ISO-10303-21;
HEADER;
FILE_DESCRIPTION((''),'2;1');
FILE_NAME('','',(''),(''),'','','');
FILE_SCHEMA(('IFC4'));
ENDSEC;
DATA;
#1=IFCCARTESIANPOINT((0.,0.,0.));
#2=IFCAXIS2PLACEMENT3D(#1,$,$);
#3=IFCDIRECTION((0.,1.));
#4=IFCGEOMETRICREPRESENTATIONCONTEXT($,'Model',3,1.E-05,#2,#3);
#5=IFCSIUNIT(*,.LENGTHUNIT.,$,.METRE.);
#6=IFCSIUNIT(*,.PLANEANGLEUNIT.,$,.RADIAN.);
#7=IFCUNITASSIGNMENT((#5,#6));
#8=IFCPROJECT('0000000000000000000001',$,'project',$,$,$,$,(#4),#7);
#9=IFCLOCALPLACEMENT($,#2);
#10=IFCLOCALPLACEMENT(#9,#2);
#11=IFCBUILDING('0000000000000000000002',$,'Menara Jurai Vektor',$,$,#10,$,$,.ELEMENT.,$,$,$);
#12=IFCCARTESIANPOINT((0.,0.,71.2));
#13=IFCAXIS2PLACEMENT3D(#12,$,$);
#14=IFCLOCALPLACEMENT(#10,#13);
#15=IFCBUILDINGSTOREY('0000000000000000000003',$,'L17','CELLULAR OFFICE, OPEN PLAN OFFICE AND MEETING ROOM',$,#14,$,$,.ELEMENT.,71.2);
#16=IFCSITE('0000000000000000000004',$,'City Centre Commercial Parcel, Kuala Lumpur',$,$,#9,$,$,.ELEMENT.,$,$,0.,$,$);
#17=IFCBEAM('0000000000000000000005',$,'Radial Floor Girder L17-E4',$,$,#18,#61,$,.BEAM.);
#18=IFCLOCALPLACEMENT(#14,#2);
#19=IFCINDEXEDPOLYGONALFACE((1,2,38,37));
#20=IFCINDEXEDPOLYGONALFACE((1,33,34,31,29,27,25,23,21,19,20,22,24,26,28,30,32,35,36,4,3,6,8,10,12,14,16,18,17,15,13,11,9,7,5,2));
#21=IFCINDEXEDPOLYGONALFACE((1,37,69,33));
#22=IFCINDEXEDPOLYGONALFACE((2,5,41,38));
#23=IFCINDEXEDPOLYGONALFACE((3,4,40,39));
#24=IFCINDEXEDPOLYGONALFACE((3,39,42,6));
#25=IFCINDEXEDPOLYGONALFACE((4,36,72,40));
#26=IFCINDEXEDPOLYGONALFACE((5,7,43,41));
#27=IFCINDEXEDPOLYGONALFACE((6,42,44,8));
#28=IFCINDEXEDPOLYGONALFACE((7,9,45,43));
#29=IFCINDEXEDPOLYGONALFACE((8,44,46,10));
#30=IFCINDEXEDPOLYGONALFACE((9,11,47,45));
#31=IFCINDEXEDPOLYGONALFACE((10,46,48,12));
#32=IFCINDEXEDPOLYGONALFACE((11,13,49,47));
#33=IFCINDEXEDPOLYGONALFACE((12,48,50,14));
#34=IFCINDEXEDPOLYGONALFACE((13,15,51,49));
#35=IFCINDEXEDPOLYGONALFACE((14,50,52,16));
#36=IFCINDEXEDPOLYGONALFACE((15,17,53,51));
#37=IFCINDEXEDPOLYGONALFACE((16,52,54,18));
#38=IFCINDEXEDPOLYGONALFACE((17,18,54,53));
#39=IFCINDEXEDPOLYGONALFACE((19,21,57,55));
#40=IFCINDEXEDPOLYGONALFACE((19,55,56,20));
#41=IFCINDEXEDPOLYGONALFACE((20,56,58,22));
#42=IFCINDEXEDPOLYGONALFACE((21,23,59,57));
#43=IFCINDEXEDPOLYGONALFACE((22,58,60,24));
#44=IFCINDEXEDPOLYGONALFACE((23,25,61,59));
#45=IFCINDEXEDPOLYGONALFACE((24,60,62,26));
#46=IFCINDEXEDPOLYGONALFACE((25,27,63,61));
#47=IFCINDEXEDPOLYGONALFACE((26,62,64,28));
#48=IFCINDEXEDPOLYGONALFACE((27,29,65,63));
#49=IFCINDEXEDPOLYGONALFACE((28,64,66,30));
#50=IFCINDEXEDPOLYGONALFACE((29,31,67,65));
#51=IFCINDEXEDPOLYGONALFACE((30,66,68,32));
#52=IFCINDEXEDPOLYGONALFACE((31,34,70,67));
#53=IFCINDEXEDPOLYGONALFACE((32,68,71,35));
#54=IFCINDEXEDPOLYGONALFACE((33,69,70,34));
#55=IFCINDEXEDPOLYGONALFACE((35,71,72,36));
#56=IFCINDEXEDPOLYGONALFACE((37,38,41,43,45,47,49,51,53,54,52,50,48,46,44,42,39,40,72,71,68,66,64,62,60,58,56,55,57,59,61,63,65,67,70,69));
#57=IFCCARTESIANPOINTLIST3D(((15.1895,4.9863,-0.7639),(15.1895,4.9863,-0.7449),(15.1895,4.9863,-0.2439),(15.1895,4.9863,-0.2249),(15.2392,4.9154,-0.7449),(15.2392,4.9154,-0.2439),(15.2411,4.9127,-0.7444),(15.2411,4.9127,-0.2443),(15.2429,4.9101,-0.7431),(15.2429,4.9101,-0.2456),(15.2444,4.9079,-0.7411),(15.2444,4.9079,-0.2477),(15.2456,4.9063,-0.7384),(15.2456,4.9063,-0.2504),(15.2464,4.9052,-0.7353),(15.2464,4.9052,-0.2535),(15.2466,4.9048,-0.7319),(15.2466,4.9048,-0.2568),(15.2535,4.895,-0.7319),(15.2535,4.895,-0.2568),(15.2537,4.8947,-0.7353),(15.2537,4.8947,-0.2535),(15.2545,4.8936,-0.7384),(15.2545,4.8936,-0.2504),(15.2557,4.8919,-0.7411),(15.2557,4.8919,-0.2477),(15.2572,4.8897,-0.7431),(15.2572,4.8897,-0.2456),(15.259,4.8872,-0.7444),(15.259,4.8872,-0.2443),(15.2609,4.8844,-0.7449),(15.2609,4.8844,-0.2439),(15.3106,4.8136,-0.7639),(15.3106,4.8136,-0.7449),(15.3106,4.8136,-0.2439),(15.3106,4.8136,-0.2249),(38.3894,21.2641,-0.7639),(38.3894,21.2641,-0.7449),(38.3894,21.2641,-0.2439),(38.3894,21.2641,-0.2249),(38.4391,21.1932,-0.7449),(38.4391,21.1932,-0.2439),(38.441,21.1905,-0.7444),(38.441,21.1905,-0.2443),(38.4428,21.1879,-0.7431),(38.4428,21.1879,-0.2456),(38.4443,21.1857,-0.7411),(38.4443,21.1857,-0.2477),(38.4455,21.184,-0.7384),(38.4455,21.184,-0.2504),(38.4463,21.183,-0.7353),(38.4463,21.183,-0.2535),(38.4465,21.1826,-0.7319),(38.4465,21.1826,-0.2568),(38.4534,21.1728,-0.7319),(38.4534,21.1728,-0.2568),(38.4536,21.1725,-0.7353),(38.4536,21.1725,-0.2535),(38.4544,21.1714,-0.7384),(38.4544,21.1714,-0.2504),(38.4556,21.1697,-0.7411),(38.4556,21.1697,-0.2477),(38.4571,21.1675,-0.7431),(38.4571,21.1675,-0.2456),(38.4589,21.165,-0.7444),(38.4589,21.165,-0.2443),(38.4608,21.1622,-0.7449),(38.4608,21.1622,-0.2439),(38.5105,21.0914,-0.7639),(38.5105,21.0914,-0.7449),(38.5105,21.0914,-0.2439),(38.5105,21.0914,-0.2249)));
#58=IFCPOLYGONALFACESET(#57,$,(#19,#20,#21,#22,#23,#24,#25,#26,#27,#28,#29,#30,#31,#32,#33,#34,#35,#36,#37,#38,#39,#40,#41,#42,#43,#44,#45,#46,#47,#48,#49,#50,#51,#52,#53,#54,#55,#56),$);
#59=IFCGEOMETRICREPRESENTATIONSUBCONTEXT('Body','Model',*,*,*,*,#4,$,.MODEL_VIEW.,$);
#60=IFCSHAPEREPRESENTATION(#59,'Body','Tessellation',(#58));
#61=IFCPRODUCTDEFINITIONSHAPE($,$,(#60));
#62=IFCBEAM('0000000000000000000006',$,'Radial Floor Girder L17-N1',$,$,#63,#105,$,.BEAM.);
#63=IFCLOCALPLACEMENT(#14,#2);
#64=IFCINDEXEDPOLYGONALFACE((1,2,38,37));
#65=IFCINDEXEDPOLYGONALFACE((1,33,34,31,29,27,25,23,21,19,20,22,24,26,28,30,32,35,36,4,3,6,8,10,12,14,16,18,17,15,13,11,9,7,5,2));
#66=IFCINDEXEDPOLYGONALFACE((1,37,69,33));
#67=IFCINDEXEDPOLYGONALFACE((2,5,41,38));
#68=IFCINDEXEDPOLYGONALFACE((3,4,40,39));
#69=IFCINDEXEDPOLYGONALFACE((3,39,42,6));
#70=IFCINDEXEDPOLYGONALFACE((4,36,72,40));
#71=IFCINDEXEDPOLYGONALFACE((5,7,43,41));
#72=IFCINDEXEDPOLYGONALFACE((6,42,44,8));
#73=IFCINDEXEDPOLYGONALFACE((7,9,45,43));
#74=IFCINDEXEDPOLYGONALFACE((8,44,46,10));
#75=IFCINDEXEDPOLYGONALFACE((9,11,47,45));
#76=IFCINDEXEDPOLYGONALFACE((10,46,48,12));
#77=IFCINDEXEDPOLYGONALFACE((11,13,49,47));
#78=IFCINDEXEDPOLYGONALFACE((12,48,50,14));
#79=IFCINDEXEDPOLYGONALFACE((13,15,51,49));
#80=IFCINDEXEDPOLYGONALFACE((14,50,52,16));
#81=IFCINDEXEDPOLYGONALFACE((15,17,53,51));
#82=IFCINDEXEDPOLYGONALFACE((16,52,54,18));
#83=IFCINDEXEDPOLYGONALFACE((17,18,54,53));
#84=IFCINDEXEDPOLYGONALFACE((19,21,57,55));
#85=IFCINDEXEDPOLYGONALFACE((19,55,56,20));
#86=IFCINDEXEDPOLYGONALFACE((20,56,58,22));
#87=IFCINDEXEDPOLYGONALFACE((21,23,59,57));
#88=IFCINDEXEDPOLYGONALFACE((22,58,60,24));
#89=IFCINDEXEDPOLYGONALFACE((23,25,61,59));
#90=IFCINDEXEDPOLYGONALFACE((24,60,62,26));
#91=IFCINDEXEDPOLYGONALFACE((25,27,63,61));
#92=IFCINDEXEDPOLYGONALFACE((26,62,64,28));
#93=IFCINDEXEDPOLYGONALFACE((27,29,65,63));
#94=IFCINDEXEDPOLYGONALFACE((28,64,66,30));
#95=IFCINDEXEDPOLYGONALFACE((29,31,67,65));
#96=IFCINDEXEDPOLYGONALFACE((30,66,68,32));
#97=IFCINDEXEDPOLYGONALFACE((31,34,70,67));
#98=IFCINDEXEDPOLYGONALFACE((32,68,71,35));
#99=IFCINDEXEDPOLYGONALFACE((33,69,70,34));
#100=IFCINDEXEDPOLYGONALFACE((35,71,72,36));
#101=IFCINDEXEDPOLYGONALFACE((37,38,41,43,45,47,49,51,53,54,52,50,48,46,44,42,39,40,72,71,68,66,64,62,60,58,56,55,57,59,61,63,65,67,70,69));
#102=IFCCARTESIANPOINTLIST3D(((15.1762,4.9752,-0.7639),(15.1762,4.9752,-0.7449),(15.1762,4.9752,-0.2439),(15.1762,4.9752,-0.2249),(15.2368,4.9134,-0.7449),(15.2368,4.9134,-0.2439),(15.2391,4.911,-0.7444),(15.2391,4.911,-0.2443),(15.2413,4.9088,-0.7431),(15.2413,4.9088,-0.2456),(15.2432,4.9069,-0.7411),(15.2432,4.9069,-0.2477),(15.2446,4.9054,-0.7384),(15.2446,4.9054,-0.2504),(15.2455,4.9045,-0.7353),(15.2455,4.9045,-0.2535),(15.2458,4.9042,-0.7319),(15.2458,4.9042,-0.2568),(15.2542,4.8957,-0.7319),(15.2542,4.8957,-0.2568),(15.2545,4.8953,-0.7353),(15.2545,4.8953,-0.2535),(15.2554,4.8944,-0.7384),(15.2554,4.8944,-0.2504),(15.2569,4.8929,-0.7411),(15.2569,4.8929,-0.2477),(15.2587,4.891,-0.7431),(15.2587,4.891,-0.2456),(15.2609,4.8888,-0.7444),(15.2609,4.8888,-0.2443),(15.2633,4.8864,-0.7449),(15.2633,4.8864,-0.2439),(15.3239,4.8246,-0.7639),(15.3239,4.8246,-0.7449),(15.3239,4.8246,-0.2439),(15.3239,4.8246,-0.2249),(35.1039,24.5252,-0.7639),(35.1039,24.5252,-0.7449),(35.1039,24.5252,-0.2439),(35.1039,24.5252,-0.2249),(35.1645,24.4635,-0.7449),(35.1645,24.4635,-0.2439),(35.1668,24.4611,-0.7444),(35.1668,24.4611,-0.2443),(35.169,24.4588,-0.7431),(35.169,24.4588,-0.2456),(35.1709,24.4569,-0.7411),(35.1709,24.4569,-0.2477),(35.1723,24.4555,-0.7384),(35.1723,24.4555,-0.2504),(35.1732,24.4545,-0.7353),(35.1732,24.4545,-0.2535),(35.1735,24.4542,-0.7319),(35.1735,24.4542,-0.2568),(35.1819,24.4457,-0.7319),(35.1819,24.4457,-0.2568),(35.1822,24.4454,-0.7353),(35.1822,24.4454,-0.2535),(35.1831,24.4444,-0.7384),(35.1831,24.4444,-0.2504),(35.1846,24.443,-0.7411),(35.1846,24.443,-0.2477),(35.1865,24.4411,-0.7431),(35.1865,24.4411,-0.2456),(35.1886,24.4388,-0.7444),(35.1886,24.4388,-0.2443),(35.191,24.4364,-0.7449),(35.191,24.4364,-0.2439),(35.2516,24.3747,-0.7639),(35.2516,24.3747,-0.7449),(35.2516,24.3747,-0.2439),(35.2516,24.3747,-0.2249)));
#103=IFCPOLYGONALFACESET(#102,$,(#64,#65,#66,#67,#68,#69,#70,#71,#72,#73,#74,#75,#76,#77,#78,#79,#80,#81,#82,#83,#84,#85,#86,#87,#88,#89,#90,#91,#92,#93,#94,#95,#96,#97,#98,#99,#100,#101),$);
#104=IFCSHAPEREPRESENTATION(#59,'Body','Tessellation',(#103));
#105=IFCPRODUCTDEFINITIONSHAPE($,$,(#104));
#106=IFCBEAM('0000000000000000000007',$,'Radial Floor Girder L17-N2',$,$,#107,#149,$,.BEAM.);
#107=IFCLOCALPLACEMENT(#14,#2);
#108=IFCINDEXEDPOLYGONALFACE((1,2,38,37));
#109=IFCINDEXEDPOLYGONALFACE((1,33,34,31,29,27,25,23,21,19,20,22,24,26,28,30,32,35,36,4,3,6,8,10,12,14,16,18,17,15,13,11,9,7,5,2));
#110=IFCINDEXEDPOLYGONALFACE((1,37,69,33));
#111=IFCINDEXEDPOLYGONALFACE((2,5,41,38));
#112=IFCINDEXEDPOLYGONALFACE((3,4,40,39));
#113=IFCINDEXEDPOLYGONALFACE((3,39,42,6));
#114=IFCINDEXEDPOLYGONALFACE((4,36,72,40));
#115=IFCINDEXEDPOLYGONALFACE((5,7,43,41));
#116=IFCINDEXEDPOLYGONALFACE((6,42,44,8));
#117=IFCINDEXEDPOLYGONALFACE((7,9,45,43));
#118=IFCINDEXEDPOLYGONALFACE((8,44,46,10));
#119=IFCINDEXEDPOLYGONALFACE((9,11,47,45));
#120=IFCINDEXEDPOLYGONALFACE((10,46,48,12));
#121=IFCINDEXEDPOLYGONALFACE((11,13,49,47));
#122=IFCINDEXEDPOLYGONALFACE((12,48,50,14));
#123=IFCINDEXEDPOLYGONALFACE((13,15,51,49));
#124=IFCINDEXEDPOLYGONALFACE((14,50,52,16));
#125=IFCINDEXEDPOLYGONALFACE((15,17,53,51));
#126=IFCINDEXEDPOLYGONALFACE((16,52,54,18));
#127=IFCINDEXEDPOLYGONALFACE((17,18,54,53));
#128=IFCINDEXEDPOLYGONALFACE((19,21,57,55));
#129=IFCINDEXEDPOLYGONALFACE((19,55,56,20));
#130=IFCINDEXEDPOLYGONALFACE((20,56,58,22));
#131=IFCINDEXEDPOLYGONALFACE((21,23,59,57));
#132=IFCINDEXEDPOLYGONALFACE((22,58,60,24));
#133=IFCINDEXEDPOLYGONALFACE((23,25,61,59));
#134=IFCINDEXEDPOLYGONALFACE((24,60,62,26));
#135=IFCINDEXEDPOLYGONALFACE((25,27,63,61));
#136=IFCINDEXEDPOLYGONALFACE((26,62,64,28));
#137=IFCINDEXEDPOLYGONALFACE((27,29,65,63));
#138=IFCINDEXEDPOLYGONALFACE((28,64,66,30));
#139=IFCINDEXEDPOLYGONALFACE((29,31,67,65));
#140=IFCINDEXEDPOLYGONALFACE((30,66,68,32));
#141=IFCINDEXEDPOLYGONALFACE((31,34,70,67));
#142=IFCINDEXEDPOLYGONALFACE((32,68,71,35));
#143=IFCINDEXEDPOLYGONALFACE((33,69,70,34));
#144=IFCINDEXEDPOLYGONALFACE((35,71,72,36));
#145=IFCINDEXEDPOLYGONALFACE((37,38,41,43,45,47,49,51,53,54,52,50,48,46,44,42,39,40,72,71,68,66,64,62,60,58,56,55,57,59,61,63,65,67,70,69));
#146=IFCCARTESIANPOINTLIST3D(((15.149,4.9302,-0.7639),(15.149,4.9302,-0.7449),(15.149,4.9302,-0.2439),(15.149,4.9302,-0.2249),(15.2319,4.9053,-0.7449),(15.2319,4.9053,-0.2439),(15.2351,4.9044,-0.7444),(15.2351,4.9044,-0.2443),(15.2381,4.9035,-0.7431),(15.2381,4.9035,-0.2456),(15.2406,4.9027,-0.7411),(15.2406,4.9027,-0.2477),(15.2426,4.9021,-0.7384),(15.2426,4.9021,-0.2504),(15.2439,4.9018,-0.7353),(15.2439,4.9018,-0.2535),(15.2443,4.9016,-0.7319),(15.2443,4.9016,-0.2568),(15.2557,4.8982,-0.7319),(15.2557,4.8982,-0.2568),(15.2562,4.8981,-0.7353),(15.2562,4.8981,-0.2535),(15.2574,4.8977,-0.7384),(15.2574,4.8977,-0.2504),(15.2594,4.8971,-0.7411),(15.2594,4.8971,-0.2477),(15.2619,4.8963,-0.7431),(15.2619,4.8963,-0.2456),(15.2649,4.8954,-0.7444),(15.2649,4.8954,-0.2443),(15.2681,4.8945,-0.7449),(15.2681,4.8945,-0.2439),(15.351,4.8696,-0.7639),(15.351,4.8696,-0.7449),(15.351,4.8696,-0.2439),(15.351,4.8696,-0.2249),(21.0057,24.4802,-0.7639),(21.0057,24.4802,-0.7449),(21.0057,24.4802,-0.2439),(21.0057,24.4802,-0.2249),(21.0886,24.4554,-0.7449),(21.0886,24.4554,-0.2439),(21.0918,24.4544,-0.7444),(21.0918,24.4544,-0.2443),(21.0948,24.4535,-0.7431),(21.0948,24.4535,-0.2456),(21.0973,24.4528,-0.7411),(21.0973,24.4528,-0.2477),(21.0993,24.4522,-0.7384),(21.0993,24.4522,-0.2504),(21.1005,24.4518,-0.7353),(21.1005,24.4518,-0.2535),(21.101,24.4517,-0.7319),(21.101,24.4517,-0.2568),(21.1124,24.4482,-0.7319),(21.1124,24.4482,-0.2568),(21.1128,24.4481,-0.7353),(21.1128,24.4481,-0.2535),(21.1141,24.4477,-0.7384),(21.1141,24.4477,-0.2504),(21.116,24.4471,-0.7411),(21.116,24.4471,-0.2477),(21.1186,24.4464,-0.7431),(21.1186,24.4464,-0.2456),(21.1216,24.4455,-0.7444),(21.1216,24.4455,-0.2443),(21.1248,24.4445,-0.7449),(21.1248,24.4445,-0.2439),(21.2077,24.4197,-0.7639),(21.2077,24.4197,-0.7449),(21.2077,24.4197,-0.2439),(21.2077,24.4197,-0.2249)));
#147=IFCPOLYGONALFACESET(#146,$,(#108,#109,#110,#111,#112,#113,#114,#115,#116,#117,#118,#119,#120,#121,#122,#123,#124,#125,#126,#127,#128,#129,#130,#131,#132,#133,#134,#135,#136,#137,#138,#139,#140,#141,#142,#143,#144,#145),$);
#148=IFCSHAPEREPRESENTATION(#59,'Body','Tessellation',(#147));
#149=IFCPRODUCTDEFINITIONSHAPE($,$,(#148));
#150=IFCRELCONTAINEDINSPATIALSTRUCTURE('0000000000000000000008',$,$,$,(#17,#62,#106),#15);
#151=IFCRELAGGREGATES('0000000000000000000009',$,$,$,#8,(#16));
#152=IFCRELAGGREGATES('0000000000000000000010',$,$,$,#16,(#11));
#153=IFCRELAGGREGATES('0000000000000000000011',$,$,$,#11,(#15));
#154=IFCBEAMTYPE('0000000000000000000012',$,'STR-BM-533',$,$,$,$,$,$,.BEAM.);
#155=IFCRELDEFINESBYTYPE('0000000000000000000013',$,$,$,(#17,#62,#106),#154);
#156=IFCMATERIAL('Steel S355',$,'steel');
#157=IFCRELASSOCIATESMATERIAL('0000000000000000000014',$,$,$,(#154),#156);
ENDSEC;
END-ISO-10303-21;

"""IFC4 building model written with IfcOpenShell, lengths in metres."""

from ifc_helpers import new_model, si_unit, direction, frame, origin, origin_2d, place, context, subcontext, project, spatial, i_section, extrude, material, material_profile, profile_set, type_object, element, save


model = new_model("IFC4")

# Units and contexts
model_context = context("Model", 3, precision=1e-05, world=origin(), true_north=direction((0.0, 1.0)))
body_context = subcontext(model_context, "Body", "Model", "MODEL_VIEW")
ifc_project = project(units=[si_unit("LENGTHUNIT", "METRE"), si_unit("PLANEANGLEUNIT", "RADIAN")], contexts=[model_context])

# Site, building, storey
site_placement = place(None, origin())
site = spatial("IfcSite", under=ifc_project, at=site_placement, Name="City Centre Commercial Parcel, Kuala Lumpur", CompositionType="ELEMENT", RefElevation=0.0)
building_placement = place(site_placement, origin())
building = spatial("IfcBuilding", under=site, at=building_placement, Name="Menara Jurai Vektor", CompositionType="ELEMENT")
storey_placement = place(building_placement, frame((0.0, 0.0, 71.2)))
storey = spatial("IfcBuildingStorey", under=building, at=storey_placement, Name="L17", Description="CELLULAR OFFICE, OPEN PLAN OFFICE AND MEETING ROOM", CompositionType="ELEMENT", Elevation=71.2)

# Beams
ifc_material_1 = material(Name="Steel S355", Category="steel")
ifc_material_profile_1 = material_profile(ifc_material_1, i_section(OverallWidth=0.2109, OverallDepth=0.5391, WebThickness=0.012, FlangeThickness=0.019, FilletRadius=0.0129, at=origin_2d()), Name="UKB 533x210x109")
ifc_profile_set_1 = profile_set([ifc_material_profile_1], Name="Steel S355")
beam_type_1 = type_object("IfcBeamType", Name="STR-BM-533", PredefinedType="BEAM", material=ifc_profile_set_1)
beam_1_placement = place(storey_placement, frame((38.45, 21.1777, -0.4944), z_axis=(-0.818604, -0.574359, 0.0), x_axis=(0.574359, -0.818604, 0.0)))
element("IfcBeam", 1, at=beam_1_placement, inside=storey, type_object=beam_type_1, Name="Radial Floor Girder L17-E4", PredefinedType="BEAM", context=body_context, shape_type="SweptSolid", body=[
    extrude(i_section(OverallWidth=0.2109, OverallDepth=0.5391, WebThickness=0.012, FlangeThickness=0.019, FilletRadius=0.0129, at=origin_2d()), origin(), (0.0, 0.0, 1.0), 28.3408),
])
beam_2_placement = place(storey_placement, frame((35.1777, 24.45, -0.4944), z_axis=(-0.713839, -0.70031, 0.0), x_axis=(0.70031, -0.713839, 0.0)))
element("IfcBeam", 2, at=beam_2_placement, inside=storey, type_object=beam_type_1, Name="Radial Floor Girder L17-N1", PredefinedType="BEAM", context=body_context, shape_type="SweptSolid", body=[
    extrude(i_section(OverallWidth=0.2109, OverallDepth=0.5391, WebThickness=0.012, FlangeThickness=0.019, FilletRadius=0.0129, at=origin_2d()), origin(), (0.0, 0.0, 1.0), 27.9163),
])
beam_3_placement = place(storey_placement, frame((21.1067, 24.45, -0.4944), z_axis=(-0.286974, -0.957938, 0.0), x_axis=(0.957938, -0.286974, 0.0)))
element("IfcBeam", 3, at=beam_3_placement, inside=storey, type_object=beam_type_1, Name="Radial Floor Girder L17-N2", PredefinedType="BEAM", context=body_context, shape_type="SweptSolid", body=[
    extrude(i_section(OverallWidth=0.2109, OverallDepth=0.5391, WebThickness=0.012, FlangeThickness=0.019, FilletRadius=0.0129, at=origin_2d()), origin(), (0.0, 0.0, 1.0), 20.4084),
])

save(model, "model.ifc")
